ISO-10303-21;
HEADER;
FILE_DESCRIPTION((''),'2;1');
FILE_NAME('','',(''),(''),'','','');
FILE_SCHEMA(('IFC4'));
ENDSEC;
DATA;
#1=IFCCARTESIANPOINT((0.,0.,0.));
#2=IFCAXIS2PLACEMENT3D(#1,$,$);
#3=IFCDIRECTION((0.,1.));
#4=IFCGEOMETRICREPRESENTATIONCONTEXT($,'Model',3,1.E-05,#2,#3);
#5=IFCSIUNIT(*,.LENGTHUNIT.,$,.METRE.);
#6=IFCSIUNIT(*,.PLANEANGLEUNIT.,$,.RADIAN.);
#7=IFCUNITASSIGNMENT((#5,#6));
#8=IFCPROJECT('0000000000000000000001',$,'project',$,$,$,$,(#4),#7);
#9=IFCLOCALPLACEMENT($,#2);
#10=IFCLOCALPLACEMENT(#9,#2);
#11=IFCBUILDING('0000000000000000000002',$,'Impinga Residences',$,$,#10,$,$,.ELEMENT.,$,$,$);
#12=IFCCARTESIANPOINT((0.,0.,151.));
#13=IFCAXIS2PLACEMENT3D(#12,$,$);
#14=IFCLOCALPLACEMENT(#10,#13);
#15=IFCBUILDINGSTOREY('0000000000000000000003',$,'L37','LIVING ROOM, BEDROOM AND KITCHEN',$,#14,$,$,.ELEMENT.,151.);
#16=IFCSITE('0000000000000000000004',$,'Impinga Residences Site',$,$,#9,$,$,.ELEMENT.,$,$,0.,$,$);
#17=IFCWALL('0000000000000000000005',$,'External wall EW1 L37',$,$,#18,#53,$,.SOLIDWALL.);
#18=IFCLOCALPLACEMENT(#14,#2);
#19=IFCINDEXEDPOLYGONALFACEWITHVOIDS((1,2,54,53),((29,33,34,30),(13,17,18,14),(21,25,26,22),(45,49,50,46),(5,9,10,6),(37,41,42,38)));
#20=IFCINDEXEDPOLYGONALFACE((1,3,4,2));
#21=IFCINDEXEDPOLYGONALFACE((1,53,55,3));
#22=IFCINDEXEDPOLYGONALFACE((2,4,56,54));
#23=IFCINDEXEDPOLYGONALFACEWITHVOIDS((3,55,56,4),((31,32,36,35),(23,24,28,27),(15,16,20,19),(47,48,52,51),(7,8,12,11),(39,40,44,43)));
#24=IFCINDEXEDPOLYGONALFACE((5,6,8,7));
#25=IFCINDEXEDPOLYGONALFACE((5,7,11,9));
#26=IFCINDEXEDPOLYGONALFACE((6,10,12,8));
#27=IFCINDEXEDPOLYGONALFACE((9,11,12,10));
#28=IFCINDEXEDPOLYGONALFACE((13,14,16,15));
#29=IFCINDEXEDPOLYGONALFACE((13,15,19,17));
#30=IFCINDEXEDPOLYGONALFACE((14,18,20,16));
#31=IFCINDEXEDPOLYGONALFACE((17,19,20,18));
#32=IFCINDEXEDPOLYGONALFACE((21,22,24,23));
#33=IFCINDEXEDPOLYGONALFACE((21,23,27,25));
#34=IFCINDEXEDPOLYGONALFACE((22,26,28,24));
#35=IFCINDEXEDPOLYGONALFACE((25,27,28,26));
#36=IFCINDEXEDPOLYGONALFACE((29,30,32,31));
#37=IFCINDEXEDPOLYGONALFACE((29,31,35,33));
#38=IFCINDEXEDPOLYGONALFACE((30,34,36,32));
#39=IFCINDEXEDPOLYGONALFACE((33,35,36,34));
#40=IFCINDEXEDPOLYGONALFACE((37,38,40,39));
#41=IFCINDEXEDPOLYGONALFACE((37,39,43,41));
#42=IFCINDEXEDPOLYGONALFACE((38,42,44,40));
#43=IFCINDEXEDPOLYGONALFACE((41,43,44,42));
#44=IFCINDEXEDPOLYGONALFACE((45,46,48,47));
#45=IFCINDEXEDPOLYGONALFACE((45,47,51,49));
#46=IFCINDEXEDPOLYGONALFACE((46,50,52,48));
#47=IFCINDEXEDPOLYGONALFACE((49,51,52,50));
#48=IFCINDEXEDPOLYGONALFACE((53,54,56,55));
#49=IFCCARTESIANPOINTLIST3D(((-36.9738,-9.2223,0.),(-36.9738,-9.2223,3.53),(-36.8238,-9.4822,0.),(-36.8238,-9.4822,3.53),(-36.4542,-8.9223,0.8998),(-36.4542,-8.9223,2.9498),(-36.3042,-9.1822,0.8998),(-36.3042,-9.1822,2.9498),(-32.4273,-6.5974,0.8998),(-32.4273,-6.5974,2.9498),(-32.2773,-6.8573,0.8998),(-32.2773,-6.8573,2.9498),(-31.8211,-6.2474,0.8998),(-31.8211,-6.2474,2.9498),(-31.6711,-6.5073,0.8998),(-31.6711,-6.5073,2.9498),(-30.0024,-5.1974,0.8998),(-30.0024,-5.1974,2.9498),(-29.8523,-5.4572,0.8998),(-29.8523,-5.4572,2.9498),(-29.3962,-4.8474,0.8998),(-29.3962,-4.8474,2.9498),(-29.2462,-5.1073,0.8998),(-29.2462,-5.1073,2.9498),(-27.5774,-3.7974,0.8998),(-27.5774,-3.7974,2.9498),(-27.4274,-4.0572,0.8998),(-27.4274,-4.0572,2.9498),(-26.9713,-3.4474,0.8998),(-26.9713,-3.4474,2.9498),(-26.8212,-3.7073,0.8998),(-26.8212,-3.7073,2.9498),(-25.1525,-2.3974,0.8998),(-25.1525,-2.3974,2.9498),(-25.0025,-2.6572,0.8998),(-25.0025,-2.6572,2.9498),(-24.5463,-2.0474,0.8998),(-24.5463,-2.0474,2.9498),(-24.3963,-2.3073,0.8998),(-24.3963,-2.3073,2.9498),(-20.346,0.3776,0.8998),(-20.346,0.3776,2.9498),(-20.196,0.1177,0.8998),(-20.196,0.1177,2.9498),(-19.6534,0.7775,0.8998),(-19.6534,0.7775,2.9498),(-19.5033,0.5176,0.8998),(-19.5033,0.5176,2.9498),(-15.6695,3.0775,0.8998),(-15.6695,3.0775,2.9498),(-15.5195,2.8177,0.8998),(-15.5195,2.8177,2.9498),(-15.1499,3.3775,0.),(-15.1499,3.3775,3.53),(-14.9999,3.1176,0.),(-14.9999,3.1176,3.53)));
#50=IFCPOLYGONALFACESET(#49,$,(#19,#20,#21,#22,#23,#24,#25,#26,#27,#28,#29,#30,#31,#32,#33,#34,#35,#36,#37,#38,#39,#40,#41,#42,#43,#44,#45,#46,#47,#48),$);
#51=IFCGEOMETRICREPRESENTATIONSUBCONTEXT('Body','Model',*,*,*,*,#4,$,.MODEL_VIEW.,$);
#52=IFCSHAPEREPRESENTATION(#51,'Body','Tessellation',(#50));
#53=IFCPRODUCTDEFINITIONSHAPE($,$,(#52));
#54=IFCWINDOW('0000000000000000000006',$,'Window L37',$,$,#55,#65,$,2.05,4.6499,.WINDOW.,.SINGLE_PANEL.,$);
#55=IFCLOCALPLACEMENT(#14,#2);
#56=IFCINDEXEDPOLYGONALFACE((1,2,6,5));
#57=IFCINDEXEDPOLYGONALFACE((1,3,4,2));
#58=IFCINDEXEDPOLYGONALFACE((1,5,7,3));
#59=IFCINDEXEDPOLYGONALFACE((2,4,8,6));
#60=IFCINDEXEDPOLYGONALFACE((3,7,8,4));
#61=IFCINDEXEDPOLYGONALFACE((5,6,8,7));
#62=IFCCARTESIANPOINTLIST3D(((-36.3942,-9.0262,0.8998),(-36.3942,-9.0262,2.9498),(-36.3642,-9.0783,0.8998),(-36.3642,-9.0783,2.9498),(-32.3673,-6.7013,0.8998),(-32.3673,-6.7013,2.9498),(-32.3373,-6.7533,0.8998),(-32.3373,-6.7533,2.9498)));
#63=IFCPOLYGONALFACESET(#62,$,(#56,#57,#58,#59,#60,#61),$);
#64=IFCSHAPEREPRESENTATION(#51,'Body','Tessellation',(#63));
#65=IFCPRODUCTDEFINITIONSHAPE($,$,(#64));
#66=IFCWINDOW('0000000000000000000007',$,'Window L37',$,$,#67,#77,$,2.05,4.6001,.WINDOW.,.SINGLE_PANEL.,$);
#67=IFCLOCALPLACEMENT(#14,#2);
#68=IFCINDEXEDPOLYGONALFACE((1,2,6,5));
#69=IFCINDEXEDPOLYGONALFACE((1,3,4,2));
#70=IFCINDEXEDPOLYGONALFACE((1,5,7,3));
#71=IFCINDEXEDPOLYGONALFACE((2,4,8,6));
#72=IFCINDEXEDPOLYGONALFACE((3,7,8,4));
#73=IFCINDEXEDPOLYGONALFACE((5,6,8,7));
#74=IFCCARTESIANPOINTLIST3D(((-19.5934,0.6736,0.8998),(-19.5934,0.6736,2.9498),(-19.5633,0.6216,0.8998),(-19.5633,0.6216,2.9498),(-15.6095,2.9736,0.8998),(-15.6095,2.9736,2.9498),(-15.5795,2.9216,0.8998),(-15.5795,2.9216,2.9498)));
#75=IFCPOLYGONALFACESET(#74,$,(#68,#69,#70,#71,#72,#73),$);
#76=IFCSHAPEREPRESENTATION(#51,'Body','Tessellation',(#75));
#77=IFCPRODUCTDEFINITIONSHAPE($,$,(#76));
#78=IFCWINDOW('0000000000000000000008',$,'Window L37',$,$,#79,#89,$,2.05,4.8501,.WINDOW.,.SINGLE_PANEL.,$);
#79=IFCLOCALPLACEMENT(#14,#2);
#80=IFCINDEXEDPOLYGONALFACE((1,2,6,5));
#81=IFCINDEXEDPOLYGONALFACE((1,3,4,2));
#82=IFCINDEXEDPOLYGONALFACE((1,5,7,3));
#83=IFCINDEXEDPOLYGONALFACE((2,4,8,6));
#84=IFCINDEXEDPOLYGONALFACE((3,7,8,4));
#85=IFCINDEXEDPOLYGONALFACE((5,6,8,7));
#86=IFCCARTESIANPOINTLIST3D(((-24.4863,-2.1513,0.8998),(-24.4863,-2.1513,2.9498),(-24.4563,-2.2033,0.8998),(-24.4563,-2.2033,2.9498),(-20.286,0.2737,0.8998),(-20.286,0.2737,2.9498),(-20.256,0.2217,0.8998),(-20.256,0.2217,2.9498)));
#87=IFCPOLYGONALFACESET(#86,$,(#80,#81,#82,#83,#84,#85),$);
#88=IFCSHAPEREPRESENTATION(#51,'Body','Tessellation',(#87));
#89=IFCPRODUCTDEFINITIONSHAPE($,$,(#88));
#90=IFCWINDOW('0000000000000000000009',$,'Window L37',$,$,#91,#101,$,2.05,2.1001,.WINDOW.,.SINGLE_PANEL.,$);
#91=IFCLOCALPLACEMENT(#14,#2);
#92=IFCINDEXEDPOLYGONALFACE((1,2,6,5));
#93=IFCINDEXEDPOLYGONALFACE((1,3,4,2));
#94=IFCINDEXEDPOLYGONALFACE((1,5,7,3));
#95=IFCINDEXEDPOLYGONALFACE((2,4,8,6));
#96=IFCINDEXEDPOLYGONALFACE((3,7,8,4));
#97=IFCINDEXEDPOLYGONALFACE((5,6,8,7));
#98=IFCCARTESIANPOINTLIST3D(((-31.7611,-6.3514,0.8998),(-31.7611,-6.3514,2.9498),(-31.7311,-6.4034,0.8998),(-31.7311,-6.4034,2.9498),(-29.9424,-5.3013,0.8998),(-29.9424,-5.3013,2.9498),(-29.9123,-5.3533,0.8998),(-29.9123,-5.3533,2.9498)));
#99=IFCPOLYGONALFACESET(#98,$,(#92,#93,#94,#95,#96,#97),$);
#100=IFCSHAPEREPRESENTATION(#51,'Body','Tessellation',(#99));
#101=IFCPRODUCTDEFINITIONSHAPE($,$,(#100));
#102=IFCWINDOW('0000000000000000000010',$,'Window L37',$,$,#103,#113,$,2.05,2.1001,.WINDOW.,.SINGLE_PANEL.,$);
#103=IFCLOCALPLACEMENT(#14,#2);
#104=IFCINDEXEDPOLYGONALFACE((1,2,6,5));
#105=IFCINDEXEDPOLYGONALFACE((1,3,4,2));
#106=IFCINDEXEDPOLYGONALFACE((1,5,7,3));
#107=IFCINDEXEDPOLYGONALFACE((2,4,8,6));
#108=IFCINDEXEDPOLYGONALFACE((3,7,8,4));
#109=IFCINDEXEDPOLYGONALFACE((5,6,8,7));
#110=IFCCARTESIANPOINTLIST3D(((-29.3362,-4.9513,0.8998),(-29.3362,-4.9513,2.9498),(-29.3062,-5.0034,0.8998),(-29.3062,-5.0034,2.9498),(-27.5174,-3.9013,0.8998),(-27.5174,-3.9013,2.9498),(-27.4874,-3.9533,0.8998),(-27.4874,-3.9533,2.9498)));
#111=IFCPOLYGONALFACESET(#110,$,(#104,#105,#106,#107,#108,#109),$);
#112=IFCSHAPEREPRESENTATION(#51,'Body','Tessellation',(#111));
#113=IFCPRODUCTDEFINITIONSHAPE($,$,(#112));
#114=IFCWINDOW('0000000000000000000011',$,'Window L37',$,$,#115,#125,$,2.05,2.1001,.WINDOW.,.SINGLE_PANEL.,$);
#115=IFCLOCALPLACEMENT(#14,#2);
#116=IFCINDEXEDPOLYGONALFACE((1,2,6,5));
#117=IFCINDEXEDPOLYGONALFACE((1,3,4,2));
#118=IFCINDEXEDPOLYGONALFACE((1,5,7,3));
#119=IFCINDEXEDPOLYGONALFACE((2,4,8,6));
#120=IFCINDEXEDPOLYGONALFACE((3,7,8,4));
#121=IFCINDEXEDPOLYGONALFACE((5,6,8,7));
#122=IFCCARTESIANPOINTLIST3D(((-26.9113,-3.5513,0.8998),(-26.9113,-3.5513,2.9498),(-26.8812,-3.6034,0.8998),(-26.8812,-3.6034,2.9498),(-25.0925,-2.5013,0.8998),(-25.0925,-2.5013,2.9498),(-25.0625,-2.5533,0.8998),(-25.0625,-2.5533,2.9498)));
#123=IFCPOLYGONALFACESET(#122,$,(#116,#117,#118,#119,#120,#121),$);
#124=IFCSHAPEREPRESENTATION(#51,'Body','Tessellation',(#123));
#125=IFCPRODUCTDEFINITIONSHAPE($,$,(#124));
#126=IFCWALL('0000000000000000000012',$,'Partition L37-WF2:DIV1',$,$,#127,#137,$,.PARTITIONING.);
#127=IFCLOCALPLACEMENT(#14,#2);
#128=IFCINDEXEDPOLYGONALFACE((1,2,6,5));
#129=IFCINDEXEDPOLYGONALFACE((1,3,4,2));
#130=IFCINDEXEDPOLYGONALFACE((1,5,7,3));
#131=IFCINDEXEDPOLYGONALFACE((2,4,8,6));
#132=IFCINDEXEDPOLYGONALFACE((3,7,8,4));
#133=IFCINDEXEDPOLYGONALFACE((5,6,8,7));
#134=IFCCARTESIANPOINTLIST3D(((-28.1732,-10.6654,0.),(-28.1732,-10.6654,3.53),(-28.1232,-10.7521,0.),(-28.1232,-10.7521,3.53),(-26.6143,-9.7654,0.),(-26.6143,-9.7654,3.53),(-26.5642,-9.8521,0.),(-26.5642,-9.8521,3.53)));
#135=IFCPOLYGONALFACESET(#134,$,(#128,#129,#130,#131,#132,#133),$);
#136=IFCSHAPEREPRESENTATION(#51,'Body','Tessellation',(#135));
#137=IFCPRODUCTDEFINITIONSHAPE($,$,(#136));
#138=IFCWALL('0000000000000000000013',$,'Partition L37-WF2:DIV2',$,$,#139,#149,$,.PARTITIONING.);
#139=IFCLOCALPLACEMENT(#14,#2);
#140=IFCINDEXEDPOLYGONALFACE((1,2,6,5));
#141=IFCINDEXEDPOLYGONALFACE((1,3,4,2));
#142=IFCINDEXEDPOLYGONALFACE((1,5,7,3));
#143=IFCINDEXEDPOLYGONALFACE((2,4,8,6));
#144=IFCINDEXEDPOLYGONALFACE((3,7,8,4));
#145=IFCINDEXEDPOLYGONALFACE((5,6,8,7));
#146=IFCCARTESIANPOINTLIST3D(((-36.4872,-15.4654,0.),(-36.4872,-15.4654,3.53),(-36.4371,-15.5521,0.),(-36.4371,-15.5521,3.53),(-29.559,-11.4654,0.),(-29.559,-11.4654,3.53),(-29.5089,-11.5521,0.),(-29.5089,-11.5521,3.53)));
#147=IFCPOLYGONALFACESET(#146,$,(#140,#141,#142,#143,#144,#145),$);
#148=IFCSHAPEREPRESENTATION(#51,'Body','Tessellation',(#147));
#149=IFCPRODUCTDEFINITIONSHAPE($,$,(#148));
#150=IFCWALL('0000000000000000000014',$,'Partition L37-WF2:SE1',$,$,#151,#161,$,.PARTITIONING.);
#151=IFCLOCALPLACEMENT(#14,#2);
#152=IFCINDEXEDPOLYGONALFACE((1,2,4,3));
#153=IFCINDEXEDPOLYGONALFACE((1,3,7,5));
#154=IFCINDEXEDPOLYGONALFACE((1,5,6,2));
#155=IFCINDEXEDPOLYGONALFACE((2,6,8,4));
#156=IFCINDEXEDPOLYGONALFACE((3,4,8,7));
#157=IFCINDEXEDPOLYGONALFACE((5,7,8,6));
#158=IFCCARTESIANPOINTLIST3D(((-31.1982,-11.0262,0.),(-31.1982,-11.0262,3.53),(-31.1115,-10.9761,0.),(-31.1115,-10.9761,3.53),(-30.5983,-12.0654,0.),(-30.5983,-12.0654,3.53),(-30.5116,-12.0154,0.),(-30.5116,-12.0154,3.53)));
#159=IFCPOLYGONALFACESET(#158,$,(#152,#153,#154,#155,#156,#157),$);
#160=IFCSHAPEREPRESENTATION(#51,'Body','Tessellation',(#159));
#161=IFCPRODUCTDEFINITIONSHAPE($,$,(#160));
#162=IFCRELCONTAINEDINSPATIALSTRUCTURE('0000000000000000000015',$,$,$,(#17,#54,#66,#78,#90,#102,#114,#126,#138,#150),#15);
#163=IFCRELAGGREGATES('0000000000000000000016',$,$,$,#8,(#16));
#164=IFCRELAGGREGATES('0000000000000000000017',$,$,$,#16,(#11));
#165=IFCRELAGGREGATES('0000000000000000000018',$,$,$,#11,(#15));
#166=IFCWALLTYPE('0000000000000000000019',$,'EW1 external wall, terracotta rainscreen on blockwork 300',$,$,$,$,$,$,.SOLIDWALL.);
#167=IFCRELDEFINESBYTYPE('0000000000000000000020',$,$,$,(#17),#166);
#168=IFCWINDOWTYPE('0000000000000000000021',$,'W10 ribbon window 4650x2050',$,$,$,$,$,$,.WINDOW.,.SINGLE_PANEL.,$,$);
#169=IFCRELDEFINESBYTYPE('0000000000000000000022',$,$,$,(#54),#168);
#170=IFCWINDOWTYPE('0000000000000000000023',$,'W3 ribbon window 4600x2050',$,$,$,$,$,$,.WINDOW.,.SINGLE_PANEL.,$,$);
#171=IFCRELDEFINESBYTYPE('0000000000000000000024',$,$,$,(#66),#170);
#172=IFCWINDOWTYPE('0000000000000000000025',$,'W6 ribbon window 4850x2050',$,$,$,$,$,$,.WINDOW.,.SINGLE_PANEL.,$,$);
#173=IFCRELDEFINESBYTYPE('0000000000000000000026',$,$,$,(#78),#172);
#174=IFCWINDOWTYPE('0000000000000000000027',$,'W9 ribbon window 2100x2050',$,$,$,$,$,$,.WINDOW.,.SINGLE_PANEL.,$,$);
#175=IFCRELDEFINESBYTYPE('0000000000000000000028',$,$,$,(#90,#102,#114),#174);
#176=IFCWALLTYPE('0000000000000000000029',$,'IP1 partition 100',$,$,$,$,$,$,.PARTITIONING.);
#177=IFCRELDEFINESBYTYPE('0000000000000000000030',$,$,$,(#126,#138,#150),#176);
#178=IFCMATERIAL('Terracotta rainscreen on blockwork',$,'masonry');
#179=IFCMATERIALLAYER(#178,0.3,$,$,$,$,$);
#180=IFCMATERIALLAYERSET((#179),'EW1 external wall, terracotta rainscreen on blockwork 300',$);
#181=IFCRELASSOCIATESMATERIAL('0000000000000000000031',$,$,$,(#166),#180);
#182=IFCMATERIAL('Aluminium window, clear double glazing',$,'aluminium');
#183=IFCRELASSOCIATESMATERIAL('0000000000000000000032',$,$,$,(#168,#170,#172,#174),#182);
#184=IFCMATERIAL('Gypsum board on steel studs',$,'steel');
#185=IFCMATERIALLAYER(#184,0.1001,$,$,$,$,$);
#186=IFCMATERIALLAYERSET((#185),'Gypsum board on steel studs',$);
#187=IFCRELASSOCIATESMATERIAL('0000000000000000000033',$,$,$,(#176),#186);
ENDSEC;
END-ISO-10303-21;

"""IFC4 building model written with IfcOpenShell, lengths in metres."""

from ifc_helpers import new_model, si_unit, direction, frame, frame_2d, origin, place, context, subcontext, project, spatial, rectangle, extrude, material, layer, layer_set, type_object, element, fill, save


model = new_model("IFC4")

# Units and contexts
model_context = context("Model", 3, precision=1e-05, world=origin(), true_north=direction((0.0, 1.0)))
body_context = subcontext(model_context, "Body", "Model", "MODEL_VIEW")
ifc_project = project(units=[si_unit("LENGTHUNIT", "METRE"), si_unit("PLANEANGLEUNIT", "RADIAN")], contexts=[model_context])

# Site, building, storey
site_placement = place(None, origin())
site = spatial("IfcSite", under=ifc_project, at=site_placement, Name="Impinga Residences Site", CompositionType="ELEMENT", RefElevation=0.0)
building_placement = place(site_placement, origin())
building = spatial("IfcBuilding", under=site, at=building_placement, Name="Impinga Residences", CompositionType="ELEMENT")
storey_placement = place(building_placement, frame((0.0, 0.0, 151.0)))
storey = spatial("IfcBuildingStorey", under=building, at=storey_placement, Name="L37", Description="LIVING ROOM, BEDROOM AND KITCHEN", CompositionType="ELEMENT", Elevation=151.0)

# Shared definitions
ifc_material_1 = material(Name="Terracotta rainscreen on blockwork", Category="masonry")
ifc_layer_1 = layer(ifc_material_1, 0.3)
ifc_layer_set_1 = layer_set([ifc_layer_1], Name="EW1 external wall, terracotta rainscreen on blockwork 300")
wall_type_1 = type_object("IfcWallType", Name="EW1 external wall, terracotta rainscreen on blockwork 300", PredefinedType="SOLIDWALL", material=ifc_layer_set_1)

# Wall, openings, windows
wall_1_placement = place(storey_placement, frame((-36.8989, -9.3523, 0.0), z_axis=(0.0, 0.0, 1.0), x_axis=(0.866029, 0.499993, 0.0)))
wall_1 = element("IfcWall", 1, at=wall_1_placement, inside=storey, type_object=wall_type_1, Name="External wall EW1 L37", PredefinedType="SOLIDWALL", context=body_context, shape_type="SweptSolid", body=[
    extrude(rectangle(XDim=25.2, YDim=0.3, at=frame_2d((12.6001, 0.0))), origin(), (0.0, 0.0, 1.0), 3.53),
])
opening_1_placement = place(wall_1_placement, frame((0.6001, 0.0, 0.8999)))
opening_1 = element("IfcOpeningElement", 2, at=opening_1_placement, cuts=wall_1, PredefinedType="OPENING", context=body_context, shape_type="SweptSolid", body=[
    extrude(rectangle(XDim=4.6499, YDim=2.05, at=frame_2d((2.325, 1.0249))), frame((0.0, 0.1599, 0.0), z_axis=(0.0, -1.0, 0.0), x_axis=(1.0, 0.0, 0.0)), (0.0, 0.0, 1.0), 0.3201),
])
opening_2_placement = place(wall_1_placement, frame((5.95, 0.0, 0.8999)))
opening_2 = element("IfcOpeningElement", 3, at=opening_2_placement, cuts=wall_1, PredefinedType="OPENING", context=body_context, shape_type="SweptSolid", body=[
    extrude(rectangle(XDim=2.1001, YDim=2.05, at=frame_2d((1.05, 1.0249))), frame((0.0, 0.1599, 0.0), z_axis=(0.0, -1.0, 0.0), x_axis=(1.0, 0.0, 0.0)), (0.0, 0.0, 1.0), 0.3201),
])
opening_3_placement = place(wall_1_placement, frame((8.75, 0.0, 0.8999)))
opening_3 = element("IfcOpeningElement", 4, at=opening_3_placement, cuts=wall_1, PredefinedType="OPENING", context=body_context, shape_type="SweptSolid", body=[
    extrude(rectangle(XDim=2.1001, YDim=2.05, at=frame_2d((1.05, 1.0249))), frame((0.0, 0.1599, 0.0), z_axis=(0.0, -1.0, 0.0), x_axis=(1.0, 0.0, 0.0)), (0.0, 0.0, 1.0), 0.3201),
])
opening_4_placement = place(wall_1_placement, frame((11.55, 0.0, 0.8999)))
opening_4 = element("IfcOpeningElement", 5, at=opening_4_placement, cuts=wall_1, PredefinedType="OPENING", context=body_context, shape_type="SweptSolid", body=[
    extrude(rectangle(XDim=2.1001, YDim=2.05, at=frame_2d((1.05, 1.0249))), frame((0.0, 0.1599, 0.0), z_axis=(0.0, -1.0, 0.0), x_axis=(1.0, 0.0, 0.0)), (0.0, 0.0, 1.0), 0.3201),
])
opening_5_placement = place(wall_1_placement, frame((14.3501, 0.0, 0.8999)))
opening_5 = element("IfcOpeningElement", 6, at=opening_5_placement, cuts=wall_1, PredefinedType="OPENING", context=body_context, shape_type="SweptSolid", body=[
    extrude(rectangle(XDim=4.8501, YDim=2.05, at=frame_2d((2.425, 1.0249))), frame((0.0, 0.1599, 0.0), z_axis=(0.0, -1.0, 0.0), x_axis=(1.0, 0.0, 0.0)), (0.0, 0.0, 1.0), 0.3201),
])
opening_6_placement = place(wall_1_placement, frame((20.0, 0.0, 0.8999)))
opening_6 = element("IfcOpeningElement", 7, at=opening_6_placement, cuts=wall_1, PredefinedType="OPENING", context=body_context, shape_type="SweptSolid", body=[
    extrude(rectangle(XDim=4.6001, YDim=2.05, at=frame_2d((2.3, 1.0249))), frame((0.0, 0.1599, 0.0), z_axis=(0.0, -1.0, 0.0), x_axis=(1.0, 0.0, 0.0)), (0.0, 0.0, 1.0), 0.3201),
])
ifc_material_2 = material(Name="Aluminium window, clear double glazing", Category="aluminium")
window_type_1 = type_object("IfcWindowType", Name="W10 ribbon window 4650x2050", PartitioningType="SINGLE_PANEL", PredefinedType="WINDOW", material=ifc_material_2)
window_1_placement = place(opening_1_placement, origin())
window_1 = element("IfcWindow", 8, at=window_1_placement, inside=storey, type_object=window_type_1, Name="Window L37", OverallHeight=2.05, OverallWidth=4.6499, PartitioningType="SINGLE_PANEL", PredefinedType="WINDOW", context=body_context, shape_type="SweptSolid", body=[
    extrude(rectangle(XDim=4.6499, YDim=2.05, at=frame_2d((2.325, 1.0249))), frame((0.0, 0.03, 0.0), z_axis=(0.0, -1.0, 0.0), x_axis=(1.0, 0.0, 0.0)), (0.0, 0.0, 1.0), 0.0601),
])
fill(opening_1, window_1)
window_type_2 = type_object("IfcWindowType", Name="W3 ribbon window 4600x2050", PartitioningType="SINGLE_PANEL", PredefinedType="WINDOW", material=ifc_material_2)
window_2_placement = place(opening_6_placement, origin())
window_2 = element("IfcWindow", 9, at=window_2_placement, inside=storey, type_object=window_type_2, Name="Window L37", OverallHeight=2.05, OverallWidth=4.6001, PartitioningType="SINGLE_PANEL", PredefinedType="WINDOW", context=body_context, shape_type="SweptSolid", body=[
    extrude(rectangle(XDim=4.6001, YDim=2.05, at=frame_2d((2.3, 1.0249))), frame((0.0, 0.03, 0.0), z_axis=(0.0, -1.0, 0.0), x_axis=(1.0, 0.0, 0.0)), (0.0, 0.0, 1.0), 0.0601),
])
fill(opening_6, window_2)
window_type_3 = type_object("IfcWindowType", Name="W6 ribbon window 4850x2050", PartitioningType="SINGLE_PANEL", PredefinedType="WINDOW", material=ifc_material_2)
window_3_placement = place(opening_5_placement, origin())
window_3 = element("IfcWindow", 10, at=window_3_placement, inside=storey, type_object=window_type_3, Name="Window L37", OverallHeight=2.05, OverallWidth=4.8501, PartitioningType="SINGLE_PANEL", PredefinedType="WINDOW", context=body_context, shape_type="SweptSolid", body=[
    extrude(rectangle(XDim=4.8501, YDim=2.05, at=frame_2d((2.425, 1.0249))), frame((0.0, 0.03, 0.0), z_axis=(0.0, -1.0, 0.0), x_axis=(1.0, 0.0, 0.0)), (0.0, 0.0, 1.0), 0.0601),
])
fill(opening_5, window_3)
window_type_4 = type_object("IfcWindowType", Name="W9 ribbon window 2100x2050", PartitioningType="SINGLE_PANEL", PredefinedType="WINDOW", material=ifc_material_2)
window_4_placement = place(opening_2_placement, origin())
window_4 = element("IfcWindow", 11, at=window_4_placement, inside=storey, type_object=window_type_4, Name="Window L37", OverallHeight=2.05, OverallWidth=2.1001, PartitioningType="SINGLE_PANEL", PredefinedType="WINDOW", context=body_context, shape_type="SweptSolid", body=[
    extrude(rectangle(XDim=2.1001, YDim=2.05, at=frame_2d((1.05, 1.0249))), frame((0.0, 0.03, 0.0), z_axis=(0.0, -1.0, 0.0), x_axis=(1.0, 0.0, 0.0)), (0.0, 0.0, 1.0), 0.0601),
])
fill(opening_2, window_4)
window_5_placement = place(opening_3_placement, origin())
window_5 = element("IfcWindow", 12, at=window_5_placement, inside=storey, type_object=window_type_4, Name="Window L37", OverallHeight=2.05, OverallWidth=2.1001, PartitioningType="SINGLE_PANEL", PredefinedType="WINDOW", context=body_context, shape_type="SweptSolid", body=[
    extrude(rectangle(XDim=2.1001, YDim=2.05, at=frame_2d((1.05, 1.0249))), frame((0.0, 0.03, 0.0), z_axis=(0.0, -1.0, 0.0), x_axis=(1.0, 0.0, 0.0)), (0.0, 0.0, 1.0), 0.0601),
])
fill(opening_3, window_5)
window_6_placement = place(opening_4_placement, origin())
window_6 = element("IfcWindow", 13, at=window_6_placement, inside=storey, type_object=window_type_4, Name="Window L37", OverallHeight=2.05, OverallWidth=2.1001, PartitioningType="SINGLE_PANEL", PredefinedType="WINDOW", context=body_context, shape_type="SweptSolid", body=[
    extrude(rectangle(XDim=2.1001, YDim=2.05, at=frame_2d((1.05, 1.0249))), frame((0.0, 0.03, 0.0), z_axis=(0.0, -1.0, 0.0), x_axis=(1.0, 0.0, 0.0)), (0.0, 0.0, 1.0), 0.0601),
])
fill(opening_4, window_6)

# Walls
ifc_material_3 = material(Name="Gypsum board on steel studs", Category="steel")
ifc_layer_2 = layer(ifc_material_3, 0.1001)
ifc_layer_set_2 = layer_set([ifc_layer_2], Name="Gypsum board on steel studs")
wall_type_2 = type_object("IfcWallType", Name="IP1 partition 100", PredefinedType="PARTITIONING", material=ifc_layer_set_2)
wall_2_placement = place(storey_placement, frame((-26.5894, -9.8088, 0.0), z_axis=(0.0, 0.0, 1.0), x_axis=(-0.866048, -0.499961, 0.0)))
element("IfcWall", 14, at=wall_2_placement, inside=storey, type_object=wall_type_2, Name="Partition L37-WF2:DIV1", PredefinedType="PARTITIONING", context=body_context, shape_type="SweptSolid", body=[
    extrude(rectangle(XDim=1.8, YDim=0.1001, at=frame_2d((0.8999, 0.0))), origin(), (0.0, 0.0, 1.0), 3.53),
])
wall_3_placement = place(storey_placement, frame((-29.5339, -11.5088, 0.0), z_axis=(0.0, 0.0, 1.0), x_axis=(-0.866026, -0.499999, 0.0)))
element("IfcWall", 15, at=wall_3_placement, inside=storey, type_object=wall_type_2, Name="Partition L37-WF2:DIV2", PredefinedType="PARTITIONING", context=body_context, shape_type="SweptSolid", body=[
    extrude(rectangle(XDim=8.0, YDim=0.1001, at=frame_2d((4.0, 0.0))), origin(), (0.0, 0.0, 1.0), 3.53),
])
wall_4_placement = place(storey_placement, frame((-30.5549, -12.0405, 0.0), z_axis=(0.0, 0.0, 1.0), x_axis=(-0.499881, 0.866094, 0.0)))
element("IfcWall", 16, at=wall_4_placement, inside=storey, type_object=wall_type_2, Name="Partition L37-WF2:SE1", PredefinedType="PARTITIONING", context=body_context, shape_type="SweptSolid", body=[
    extrude(rectangle(XDim=1.2, YDim=0.1001, at=frame_2d((0.6001, 0.0))), origin(), (0.0, 0.0, 1.0), 3.53),
])

save(model, "model.ifc")
